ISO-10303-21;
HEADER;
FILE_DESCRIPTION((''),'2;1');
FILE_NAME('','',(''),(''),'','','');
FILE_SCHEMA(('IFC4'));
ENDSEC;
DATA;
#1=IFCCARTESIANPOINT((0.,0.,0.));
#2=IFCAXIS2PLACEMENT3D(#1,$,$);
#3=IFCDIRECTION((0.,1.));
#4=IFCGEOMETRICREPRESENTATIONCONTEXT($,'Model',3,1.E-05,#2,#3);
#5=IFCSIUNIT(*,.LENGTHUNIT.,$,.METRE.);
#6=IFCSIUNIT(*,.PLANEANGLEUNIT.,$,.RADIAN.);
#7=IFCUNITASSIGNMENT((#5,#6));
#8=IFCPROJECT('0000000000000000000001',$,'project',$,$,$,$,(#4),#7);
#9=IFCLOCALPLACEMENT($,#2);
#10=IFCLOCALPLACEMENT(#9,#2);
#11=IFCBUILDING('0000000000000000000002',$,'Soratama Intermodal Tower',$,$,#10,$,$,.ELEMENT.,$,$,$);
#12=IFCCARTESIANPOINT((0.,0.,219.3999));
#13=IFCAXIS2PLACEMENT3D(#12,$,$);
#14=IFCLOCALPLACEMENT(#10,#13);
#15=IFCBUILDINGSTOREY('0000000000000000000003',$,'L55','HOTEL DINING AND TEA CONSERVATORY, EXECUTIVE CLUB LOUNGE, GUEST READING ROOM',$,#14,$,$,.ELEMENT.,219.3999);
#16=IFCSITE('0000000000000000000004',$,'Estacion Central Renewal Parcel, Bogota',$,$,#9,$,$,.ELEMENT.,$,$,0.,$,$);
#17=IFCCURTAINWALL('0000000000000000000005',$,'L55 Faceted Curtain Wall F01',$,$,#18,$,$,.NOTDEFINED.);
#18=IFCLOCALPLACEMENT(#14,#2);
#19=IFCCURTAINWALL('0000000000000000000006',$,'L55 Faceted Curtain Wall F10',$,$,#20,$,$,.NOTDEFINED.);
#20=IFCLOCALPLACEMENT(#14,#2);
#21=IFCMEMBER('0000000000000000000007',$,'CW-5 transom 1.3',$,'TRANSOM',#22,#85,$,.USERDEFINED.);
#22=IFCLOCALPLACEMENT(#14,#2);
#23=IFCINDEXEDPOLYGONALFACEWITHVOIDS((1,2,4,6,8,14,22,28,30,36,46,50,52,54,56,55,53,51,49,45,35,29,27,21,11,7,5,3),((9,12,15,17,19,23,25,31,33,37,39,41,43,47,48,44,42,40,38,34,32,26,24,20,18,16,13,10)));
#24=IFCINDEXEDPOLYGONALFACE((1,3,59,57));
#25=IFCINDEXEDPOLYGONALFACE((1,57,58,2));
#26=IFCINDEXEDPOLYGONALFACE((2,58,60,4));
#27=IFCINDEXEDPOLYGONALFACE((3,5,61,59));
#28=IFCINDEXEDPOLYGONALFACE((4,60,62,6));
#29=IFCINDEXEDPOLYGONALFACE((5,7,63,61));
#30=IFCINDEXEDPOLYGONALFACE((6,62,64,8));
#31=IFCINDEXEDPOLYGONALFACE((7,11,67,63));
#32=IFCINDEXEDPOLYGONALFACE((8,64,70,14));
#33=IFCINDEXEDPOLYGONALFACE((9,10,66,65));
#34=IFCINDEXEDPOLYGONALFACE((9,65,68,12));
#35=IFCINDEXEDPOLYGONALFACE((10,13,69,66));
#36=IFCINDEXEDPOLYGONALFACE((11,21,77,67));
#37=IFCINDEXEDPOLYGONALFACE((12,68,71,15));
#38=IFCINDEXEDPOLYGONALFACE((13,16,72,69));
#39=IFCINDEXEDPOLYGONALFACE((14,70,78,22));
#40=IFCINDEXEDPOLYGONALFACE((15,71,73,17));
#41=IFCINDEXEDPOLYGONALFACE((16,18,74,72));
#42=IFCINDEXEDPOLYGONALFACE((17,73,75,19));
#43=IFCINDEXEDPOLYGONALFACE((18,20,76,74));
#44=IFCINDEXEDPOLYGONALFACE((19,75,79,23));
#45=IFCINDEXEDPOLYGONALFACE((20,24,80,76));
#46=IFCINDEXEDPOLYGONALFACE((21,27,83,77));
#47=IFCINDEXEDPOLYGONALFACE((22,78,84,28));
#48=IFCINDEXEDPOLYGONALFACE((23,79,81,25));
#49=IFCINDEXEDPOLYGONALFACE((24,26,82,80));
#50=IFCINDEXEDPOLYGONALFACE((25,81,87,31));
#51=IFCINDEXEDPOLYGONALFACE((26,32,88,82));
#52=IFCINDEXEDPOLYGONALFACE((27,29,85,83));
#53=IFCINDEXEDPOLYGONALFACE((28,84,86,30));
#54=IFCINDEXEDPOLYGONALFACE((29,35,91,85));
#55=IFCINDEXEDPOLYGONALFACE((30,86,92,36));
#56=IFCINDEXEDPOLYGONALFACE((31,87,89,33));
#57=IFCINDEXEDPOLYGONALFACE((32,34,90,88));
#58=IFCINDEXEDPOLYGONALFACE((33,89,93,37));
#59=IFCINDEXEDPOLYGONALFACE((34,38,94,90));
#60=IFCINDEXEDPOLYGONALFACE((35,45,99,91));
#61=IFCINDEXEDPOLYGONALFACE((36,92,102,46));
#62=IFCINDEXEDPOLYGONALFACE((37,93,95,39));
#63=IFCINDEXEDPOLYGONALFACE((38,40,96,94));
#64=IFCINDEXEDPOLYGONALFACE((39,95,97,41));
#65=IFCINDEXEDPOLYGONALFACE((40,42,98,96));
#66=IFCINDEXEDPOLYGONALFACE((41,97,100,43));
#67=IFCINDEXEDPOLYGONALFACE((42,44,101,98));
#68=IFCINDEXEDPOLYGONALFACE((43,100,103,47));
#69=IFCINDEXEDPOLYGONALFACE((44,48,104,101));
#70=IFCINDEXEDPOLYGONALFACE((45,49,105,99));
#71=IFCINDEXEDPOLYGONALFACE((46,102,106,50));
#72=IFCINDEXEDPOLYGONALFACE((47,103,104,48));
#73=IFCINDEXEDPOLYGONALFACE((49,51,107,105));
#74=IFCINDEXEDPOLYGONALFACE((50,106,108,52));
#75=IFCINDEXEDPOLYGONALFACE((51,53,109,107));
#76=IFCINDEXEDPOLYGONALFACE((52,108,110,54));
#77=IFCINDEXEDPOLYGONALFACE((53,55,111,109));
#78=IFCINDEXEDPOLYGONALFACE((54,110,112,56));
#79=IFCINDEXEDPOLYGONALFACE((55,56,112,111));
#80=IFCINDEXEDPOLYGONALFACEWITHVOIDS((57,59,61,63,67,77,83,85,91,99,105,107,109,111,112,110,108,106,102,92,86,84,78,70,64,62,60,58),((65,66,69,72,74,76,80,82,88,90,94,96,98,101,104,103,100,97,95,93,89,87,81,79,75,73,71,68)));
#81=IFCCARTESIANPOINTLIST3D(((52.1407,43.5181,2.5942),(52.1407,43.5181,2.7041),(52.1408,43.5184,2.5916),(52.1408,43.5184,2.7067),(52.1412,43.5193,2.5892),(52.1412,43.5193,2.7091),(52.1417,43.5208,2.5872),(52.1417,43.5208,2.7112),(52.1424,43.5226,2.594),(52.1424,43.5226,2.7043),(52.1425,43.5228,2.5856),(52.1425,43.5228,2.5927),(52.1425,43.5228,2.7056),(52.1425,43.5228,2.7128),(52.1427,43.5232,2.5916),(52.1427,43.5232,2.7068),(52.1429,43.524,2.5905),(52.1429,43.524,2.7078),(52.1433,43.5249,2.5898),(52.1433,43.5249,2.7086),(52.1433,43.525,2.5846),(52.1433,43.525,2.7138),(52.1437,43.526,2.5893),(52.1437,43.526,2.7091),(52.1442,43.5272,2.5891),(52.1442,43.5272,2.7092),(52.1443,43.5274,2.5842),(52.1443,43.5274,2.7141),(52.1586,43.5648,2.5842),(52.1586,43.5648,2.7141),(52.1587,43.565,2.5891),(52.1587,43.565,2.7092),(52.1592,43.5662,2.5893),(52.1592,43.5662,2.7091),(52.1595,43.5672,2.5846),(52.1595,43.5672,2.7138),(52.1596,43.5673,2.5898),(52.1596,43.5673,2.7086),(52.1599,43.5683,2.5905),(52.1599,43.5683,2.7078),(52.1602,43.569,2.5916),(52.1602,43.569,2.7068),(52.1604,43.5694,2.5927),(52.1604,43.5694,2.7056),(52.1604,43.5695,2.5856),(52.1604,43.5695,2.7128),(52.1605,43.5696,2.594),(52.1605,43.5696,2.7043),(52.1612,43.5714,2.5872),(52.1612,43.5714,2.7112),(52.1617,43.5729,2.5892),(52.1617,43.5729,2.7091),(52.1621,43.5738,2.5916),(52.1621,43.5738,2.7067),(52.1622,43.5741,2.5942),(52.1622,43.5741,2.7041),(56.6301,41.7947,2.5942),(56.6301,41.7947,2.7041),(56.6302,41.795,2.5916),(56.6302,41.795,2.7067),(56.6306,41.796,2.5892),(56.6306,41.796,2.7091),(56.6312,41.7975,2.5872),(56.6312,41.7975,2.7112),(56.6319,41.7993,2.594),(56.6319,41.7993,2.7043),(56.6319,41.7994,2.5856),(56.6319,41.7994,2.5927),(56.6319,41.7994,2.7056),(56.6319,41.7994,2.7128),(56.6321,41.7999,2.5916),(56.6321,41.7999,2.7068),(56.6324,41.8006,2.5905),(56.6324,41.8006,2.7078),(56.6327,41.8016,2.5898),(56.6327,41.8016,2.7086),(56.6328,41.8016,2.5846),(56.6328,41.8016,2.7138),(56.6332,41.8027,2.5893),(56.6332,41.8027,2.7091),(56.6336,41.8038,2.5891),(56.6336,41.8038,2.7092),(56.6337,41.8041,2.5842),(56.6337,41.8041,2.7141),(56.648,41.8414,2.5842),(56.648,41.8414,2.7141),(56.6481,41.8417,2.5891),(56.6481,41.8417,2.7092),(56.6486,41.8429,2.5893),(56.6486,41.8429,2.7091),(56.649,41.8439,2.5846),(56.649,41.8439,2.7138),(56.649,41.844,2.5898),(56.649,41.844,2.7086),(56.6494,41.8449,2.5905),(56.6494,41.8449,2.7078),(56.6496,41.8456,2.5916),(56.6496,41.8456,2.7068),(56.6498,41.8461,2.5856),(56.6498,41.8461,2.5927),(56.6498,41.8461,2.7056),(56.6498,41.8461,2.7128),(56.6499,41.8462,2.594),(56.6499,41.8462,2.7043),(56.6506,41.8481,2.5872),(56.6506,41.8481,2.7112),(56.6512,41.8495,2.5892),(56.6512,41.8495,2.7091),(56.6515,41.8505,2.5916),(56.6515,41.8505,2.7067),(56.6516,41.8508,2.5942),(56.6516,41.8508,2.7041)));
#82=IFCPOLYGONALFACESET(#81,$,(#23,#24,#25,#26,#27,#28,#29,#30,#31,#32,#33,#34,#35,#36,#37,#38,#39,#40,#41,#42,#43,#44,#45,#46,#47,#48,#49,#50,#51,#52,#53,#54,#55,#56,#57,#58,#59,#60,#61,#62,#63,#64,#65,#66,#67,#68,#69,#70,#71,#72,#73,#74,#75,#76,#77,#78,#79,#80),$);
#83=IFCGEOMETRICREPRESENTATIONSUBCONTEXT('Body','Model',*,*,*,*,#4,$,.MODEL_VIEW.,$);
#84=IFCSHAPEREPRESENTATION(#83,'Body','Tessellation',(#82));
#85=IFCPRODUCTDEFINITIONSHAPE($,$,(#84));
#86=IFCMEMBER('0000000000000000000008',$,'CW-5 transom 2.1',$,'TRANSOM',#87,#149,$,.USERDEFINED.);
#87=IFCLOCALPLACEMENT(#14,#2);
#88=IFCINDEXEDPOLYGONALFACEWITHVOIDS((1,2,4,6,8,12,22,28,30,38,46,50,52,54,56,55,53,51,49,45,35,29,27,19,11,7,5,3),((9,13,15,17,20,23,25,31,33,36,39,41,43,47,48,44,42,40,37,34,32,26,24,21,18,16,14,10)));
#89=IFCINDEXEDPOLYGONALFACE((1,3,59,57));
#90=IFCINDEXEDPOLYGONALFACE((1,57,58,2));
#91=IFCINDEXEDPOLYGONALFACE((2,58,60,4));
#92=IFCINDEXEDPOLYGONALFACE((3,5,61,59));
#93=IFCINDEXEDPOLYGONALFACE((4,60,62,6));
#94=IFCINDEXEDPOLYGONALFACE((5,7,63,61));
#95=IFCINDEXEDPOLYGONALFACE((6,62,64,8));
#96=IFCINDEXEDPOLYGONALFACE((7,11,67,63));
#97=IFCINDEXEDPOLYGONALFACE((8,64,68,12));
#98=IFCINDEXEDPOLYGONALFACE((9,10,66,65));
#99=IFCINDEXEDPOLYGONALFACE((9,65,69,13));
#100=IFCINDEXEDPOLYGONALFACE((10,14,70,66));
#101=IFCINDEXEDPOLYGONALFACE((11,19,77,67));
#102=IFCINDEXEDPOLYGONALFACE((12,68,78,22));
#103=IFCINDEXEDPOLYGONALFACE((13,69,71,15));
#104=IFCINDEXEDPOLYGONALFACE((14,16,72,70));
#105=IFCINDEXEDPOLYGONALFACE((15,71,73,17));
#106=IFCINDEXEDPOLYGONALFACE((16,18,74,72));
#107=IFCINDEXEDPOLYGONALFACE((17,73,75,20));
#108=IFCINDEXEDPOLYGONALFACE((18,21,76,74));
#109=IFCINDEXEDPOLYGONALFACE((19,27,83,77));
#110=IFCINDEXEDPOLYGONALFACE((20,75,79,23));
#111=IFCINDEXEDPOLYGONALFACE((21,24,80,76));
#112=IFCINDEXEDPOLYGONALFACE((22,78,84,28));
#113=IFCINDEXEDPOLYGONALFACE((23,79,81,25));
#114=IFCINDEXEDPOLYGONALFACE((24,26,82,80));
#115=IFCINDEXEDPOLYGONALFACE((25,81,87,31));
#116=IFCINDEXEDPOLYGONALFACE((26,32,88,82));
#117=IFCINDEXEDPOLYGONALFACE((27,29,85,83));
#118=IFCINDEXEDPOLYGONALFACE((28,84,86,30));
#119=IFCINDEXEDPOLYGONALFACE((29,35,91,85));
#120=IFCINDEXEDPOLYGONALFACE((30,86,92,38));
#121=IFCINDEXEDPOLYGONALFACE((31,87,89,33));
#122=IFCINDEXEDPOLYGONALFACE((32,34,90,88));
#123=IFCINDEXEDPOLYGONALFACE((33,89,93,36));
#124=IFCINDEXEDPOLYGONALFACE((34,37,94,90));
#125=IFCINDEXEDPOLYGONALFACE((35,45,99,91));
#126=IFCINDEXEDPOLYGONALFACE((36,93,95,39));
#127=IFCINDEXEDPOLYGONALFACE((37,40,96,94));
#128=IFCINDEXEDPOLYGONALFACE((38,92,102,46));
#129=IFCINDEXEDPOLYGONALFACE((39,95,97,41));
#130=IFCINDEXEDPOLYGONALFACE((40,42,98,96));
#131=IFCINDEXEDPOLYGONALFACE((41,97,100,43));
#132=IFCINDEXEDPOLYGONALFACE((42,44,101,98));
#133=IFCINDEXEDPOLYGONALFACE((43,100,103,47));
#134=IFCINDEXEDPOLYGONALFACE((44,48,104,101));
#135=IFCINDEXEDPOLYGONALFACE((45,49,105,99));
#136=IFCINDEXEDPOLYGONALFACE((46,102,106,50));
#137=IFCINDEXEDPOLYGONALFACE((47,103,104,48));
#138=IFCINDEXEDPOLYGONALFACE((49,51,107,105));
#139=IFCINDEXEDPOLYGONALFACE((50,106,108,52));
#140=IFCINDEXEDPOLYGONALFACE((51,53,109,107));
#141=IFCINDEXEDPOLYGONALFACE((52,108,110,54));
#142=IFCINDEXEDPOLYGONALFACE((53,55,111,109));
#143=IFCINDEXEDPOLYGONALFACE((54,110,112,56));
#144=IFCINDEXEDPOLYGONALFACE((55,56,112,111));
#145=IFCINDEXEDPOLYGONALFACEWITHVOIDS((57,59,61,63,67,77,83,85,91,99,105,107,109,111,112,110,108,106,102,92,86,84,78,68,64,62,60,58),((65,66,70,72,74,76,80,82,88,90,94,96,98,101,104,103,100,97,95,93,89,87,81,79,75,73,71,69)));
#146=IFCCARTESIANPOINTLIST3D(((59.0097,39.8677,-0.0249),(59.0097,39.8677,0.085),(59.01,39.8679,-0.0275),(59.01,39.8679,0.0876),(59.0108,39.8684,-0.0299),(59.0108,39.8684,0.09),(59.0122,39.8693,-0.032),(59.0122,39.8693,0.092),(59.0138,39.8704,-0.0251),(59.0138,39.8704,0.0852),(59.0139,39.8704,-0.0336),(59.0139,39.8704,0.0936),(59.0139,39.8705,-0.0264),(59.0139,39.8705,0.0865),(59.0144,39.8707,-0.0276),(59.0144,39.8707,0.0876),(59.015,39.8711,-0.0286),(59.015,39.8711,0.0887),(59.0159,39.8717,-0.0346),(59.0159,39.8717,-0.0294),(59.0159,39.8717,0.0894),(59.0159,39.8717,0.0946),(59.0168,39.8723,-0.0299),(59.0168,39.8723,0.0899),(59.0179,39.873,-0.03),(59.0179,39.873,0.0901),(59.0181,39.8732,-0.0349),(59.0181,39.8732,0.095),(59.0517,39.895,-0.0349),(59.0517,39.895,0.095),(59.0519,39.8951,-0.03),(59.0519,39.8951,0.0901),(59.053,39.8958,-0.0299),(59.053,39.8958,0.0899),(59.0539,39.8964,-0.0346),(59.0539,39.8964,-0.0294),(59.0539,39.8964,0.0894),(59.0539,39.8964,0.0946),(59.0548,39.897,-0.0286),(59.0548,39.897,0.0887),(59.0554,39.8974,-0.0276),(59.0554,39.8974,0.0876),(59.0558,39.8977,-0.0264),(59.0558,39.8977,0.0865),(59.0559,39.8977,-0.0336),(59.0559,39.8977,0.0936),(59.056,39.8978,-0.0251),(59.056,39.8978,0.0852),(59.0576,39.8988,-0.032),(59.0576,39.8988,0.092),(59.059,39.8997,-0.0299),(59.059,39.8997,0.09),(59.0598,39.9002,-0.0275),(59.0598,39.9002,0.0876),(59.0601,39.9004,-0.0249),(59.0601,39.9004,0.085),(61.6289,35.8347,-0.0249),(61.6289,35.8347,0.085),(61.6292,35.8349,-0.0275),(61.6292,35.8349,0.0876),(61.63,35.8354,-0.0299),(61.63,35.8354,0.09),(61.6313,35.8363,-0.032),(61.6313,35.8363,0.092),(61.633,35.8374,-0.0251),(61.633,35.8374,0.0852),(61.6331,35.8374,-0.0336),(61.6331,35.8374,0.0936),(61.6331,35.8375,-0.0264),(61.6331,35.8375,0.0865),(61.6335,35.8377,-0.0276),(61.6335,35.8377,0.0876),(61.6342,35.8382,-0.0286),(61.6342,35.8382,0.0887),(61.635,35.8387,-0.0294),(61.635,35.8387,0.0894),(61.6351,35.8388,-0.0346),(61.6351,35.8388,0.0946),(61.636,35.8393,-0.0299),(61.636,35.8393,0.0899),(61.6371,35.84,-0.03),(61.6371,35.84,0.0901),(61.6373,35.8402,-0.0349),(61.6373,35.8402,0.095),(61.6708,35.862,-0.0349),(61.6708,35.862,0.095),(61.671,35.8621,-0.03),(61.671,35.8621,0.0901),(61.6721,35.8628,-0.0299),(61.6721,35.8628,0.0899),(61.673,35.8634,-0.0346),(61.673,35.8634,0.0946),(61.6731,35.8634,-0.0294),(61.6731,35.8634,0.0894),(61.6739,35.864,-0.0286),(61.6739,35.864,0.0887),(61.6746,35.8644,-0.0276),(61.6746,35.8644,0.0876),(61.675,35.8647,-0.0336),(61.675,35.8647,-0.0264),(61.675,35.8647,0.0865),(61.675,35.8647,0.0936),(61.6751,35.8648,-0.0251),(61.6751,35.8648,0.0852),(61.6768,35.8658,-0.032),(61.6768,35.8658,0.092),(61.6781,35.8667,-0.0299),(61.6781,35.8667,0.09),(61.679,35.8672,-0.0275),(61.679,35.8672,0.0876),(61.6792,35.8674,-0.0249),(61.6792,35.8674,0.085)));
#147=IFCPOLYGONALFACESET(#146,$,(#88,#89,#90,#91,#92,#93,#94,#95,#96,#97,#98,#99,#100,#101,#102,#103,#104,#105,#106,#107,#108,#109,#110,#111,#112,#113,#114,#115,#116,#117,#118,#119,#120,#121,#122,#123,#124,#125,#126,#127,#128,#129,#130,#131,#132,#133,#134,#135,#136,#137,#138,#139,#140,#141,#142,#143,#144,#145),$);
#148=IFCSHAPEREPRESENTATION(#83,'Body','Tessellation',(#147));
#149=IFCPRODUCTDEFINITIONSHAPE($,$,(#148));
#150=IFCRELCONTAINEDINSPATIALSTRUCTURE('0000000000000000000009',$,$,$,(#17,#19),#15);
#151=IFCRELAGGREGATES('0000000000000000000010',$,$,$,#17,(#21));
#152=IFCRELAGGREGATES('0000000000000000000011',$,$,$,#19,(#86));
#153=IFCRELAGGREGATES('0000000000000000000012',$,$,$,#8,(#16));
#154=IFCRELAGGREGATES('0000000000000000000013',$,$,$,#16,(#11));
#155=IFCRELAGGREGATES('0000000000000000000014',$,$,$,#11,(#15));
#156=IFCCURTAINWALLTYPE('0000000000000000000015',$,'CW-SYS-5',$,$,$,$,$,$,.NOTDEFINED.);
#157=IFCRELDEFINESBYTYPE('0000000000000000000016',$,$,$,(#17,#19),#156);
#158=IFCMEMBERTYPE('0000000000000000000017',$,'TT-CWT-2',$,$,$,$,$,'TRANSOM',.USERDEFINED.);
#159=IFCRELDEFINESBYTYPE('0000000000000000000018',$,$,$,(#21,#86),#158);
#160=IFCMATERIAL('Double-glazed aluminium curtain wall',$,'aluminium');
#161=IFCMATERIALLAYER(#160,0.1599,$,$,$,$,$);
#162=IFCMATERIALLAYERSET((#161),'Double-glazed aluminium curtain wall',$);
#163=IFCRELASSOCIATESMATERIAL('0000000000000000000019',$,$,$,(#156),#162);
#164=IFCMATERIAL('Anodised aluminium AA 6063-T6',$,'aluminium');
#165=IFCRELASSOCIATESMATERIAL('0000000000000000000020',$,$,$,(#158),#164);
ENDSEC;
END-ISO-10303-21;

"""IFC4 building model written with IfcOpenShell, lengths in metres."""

from ifc_helpers import new_model, si_unit, direction, frame, origin, origin_2d, place, context, subcontext, project, spatial, hollow_rectangle, extrude, material, layer, layer_set, material_profile, profile_set, type_object, element, aggregate, save


model = new_model("IFC4")

# Units and contexts
model_context = context("Model", 3, precision=1e-05, world=origin(), true_north=direction((0.0, 1.0)))
body_context = subcontext(model_context, "Body", "Model", "MODEL_VIEW")
ifc_project = project(units=[si_unit("LENGTHUNIT", "METRE"), si_unit("PLANEANGLEUNIT", "RADIAN")], contexts=[model_context])

# Site, building, storey
site_placement = place(None, origin())
site = spatial("IfcSite", under=ifc_project, at=site_placement, Name="Estacion Central Renewal Parcel, Bogota", CompositionType="ELEMENT", RefElevation=0.0)
building_placement = place(site_placement, origin())
building = spatial("IfcBuilding", under=site, at=building_placement, Name="Soratama Intermodal Tower", CompositionType="ELEMENT")
storey_placement = place(building_placement, frame((0.0, 0.0, 219.3999)))
storey = spatial("IfcBuildingStorey", under=building, at=storey_placement, Name="L55", Description="HOTEL DINING AND TEA CONSERVATORY, EXECUTIVE CLUB LOUNGE, GUEST READING ROOM", CompositionType="ELEMENT", Elevation=219.3999)

# Curtain wall
ifc_material_1 = material(Name="Double-glazed aluminium curtain wall", Category="aluminium")
ifc_layer_1 = layer(ifc_material_1, 0.1599)
ifc_layer_set_1 = layer_set([ifc_layer_1], Name="Double-glazed aluminium curtain wall")
curtain_wall_type = type_object("IfcCurtainWallType", Name="CW-SYS-5", PredefinedType="NOTDEFINED", material=ifc_layer_set_1)
curtain_wall_1_placement = place(storey_placement, origin())
curtain_wall_1 = element("IfcCurtainWall", 1, at=curtain_wall_1_placement, inside=storey, type_object=curtain_wall_type, Name="L55 Faceted Curtain Wall F01", PredefinedType="NOTDEFINED")

# Curtain wall
curtain_wall_2_placement = place(storey_placement, origin())
curtain_wall_2 = element("IfcCurtainWall", 2, at=curtain_wall_2_placement, inside=storey, type_object=curtain_wall_type, Name="L55 Faceted Curtain Wall F10", PredefinedType="NOTDEFINED")

# Members
ifc_material_2 = material(Name="Anodised aluminium AA 6063-T6", Category="aluminium")
ifc_material_profile_1 = material_profile(ifc_material_2, hollow_rectangle(XDim=0.0601, YDim=0.1299, WallThickness=0.0049, InnerFilletRadius=0.0049, OuterFilletRadius=0.01, at=origin_2d()), Name="CWT130X60X5")
ifc_profile_set_1 = profile_set([ifc_material_profile_1], Name="Anodised aluminium AA 6063-T6")
member_type_1 = type_object("IfcMemberType", Name="TT-CWT-2", ElementType="TRANSOM", PredefinedType="USERDEFINED", material=ifc_profile_set_1)
member_1_placement = place(storey_placement, frame((56.6409, 41.8228, 2.6492), z_axis=(-0.933578, 0.358373, 0.0), x_axis=(-0.358373, -0.933578, 0.0)))
member_1 = element("IfcMember", 3, at=member_1_placement, type_object=member_type_1, Name="CW-5 transom 1.3", ObjectType="TRANSOM", PredefinedType="USERDEFINED", context=body_context, shape_type="SweptSolid", body=[
    extrude(hollow_rectangle(XDim=0.0601, YDim=0.1299, WallThickness=0.0049, InnerFilletRadius=0.0049, OuterFilletRadius=0.01, at=origin_2d()), origin(), (0.0, 0.0, 1.0), 4.8088),
])
member_2_placement = place(storey_placement, frame((61.6541, 35.8511, 0.03), z_axis=(-0.544655, 0.83866, 0.0), x_axis=(-0.83866, -0.544655, 0.0)))
member_2 = element("IfcMember", 4, at=member_2_placement, type_object=member_type_1, Name="CW-5 transom 2.1", ObjectType="TRANSOM", PredefinedType="USERDEFINED", context=body_context, shape_type="SweptSolid", body=[
    extrude(hollow_rectangle(XDim=0.0601, YDim=0.1299, WallThickness=0.0049, InnerFilletRadius=0.0049, OuterFilletRadius=0.01, at=origin_2d()), origin(), (0.0, 0.0, 1.0), 4.8088),
])

aggregate(curtain_wall_1, [member_1])
aggregate(curtain_wall_2, [member_2])

save(model, "model.ifc")
